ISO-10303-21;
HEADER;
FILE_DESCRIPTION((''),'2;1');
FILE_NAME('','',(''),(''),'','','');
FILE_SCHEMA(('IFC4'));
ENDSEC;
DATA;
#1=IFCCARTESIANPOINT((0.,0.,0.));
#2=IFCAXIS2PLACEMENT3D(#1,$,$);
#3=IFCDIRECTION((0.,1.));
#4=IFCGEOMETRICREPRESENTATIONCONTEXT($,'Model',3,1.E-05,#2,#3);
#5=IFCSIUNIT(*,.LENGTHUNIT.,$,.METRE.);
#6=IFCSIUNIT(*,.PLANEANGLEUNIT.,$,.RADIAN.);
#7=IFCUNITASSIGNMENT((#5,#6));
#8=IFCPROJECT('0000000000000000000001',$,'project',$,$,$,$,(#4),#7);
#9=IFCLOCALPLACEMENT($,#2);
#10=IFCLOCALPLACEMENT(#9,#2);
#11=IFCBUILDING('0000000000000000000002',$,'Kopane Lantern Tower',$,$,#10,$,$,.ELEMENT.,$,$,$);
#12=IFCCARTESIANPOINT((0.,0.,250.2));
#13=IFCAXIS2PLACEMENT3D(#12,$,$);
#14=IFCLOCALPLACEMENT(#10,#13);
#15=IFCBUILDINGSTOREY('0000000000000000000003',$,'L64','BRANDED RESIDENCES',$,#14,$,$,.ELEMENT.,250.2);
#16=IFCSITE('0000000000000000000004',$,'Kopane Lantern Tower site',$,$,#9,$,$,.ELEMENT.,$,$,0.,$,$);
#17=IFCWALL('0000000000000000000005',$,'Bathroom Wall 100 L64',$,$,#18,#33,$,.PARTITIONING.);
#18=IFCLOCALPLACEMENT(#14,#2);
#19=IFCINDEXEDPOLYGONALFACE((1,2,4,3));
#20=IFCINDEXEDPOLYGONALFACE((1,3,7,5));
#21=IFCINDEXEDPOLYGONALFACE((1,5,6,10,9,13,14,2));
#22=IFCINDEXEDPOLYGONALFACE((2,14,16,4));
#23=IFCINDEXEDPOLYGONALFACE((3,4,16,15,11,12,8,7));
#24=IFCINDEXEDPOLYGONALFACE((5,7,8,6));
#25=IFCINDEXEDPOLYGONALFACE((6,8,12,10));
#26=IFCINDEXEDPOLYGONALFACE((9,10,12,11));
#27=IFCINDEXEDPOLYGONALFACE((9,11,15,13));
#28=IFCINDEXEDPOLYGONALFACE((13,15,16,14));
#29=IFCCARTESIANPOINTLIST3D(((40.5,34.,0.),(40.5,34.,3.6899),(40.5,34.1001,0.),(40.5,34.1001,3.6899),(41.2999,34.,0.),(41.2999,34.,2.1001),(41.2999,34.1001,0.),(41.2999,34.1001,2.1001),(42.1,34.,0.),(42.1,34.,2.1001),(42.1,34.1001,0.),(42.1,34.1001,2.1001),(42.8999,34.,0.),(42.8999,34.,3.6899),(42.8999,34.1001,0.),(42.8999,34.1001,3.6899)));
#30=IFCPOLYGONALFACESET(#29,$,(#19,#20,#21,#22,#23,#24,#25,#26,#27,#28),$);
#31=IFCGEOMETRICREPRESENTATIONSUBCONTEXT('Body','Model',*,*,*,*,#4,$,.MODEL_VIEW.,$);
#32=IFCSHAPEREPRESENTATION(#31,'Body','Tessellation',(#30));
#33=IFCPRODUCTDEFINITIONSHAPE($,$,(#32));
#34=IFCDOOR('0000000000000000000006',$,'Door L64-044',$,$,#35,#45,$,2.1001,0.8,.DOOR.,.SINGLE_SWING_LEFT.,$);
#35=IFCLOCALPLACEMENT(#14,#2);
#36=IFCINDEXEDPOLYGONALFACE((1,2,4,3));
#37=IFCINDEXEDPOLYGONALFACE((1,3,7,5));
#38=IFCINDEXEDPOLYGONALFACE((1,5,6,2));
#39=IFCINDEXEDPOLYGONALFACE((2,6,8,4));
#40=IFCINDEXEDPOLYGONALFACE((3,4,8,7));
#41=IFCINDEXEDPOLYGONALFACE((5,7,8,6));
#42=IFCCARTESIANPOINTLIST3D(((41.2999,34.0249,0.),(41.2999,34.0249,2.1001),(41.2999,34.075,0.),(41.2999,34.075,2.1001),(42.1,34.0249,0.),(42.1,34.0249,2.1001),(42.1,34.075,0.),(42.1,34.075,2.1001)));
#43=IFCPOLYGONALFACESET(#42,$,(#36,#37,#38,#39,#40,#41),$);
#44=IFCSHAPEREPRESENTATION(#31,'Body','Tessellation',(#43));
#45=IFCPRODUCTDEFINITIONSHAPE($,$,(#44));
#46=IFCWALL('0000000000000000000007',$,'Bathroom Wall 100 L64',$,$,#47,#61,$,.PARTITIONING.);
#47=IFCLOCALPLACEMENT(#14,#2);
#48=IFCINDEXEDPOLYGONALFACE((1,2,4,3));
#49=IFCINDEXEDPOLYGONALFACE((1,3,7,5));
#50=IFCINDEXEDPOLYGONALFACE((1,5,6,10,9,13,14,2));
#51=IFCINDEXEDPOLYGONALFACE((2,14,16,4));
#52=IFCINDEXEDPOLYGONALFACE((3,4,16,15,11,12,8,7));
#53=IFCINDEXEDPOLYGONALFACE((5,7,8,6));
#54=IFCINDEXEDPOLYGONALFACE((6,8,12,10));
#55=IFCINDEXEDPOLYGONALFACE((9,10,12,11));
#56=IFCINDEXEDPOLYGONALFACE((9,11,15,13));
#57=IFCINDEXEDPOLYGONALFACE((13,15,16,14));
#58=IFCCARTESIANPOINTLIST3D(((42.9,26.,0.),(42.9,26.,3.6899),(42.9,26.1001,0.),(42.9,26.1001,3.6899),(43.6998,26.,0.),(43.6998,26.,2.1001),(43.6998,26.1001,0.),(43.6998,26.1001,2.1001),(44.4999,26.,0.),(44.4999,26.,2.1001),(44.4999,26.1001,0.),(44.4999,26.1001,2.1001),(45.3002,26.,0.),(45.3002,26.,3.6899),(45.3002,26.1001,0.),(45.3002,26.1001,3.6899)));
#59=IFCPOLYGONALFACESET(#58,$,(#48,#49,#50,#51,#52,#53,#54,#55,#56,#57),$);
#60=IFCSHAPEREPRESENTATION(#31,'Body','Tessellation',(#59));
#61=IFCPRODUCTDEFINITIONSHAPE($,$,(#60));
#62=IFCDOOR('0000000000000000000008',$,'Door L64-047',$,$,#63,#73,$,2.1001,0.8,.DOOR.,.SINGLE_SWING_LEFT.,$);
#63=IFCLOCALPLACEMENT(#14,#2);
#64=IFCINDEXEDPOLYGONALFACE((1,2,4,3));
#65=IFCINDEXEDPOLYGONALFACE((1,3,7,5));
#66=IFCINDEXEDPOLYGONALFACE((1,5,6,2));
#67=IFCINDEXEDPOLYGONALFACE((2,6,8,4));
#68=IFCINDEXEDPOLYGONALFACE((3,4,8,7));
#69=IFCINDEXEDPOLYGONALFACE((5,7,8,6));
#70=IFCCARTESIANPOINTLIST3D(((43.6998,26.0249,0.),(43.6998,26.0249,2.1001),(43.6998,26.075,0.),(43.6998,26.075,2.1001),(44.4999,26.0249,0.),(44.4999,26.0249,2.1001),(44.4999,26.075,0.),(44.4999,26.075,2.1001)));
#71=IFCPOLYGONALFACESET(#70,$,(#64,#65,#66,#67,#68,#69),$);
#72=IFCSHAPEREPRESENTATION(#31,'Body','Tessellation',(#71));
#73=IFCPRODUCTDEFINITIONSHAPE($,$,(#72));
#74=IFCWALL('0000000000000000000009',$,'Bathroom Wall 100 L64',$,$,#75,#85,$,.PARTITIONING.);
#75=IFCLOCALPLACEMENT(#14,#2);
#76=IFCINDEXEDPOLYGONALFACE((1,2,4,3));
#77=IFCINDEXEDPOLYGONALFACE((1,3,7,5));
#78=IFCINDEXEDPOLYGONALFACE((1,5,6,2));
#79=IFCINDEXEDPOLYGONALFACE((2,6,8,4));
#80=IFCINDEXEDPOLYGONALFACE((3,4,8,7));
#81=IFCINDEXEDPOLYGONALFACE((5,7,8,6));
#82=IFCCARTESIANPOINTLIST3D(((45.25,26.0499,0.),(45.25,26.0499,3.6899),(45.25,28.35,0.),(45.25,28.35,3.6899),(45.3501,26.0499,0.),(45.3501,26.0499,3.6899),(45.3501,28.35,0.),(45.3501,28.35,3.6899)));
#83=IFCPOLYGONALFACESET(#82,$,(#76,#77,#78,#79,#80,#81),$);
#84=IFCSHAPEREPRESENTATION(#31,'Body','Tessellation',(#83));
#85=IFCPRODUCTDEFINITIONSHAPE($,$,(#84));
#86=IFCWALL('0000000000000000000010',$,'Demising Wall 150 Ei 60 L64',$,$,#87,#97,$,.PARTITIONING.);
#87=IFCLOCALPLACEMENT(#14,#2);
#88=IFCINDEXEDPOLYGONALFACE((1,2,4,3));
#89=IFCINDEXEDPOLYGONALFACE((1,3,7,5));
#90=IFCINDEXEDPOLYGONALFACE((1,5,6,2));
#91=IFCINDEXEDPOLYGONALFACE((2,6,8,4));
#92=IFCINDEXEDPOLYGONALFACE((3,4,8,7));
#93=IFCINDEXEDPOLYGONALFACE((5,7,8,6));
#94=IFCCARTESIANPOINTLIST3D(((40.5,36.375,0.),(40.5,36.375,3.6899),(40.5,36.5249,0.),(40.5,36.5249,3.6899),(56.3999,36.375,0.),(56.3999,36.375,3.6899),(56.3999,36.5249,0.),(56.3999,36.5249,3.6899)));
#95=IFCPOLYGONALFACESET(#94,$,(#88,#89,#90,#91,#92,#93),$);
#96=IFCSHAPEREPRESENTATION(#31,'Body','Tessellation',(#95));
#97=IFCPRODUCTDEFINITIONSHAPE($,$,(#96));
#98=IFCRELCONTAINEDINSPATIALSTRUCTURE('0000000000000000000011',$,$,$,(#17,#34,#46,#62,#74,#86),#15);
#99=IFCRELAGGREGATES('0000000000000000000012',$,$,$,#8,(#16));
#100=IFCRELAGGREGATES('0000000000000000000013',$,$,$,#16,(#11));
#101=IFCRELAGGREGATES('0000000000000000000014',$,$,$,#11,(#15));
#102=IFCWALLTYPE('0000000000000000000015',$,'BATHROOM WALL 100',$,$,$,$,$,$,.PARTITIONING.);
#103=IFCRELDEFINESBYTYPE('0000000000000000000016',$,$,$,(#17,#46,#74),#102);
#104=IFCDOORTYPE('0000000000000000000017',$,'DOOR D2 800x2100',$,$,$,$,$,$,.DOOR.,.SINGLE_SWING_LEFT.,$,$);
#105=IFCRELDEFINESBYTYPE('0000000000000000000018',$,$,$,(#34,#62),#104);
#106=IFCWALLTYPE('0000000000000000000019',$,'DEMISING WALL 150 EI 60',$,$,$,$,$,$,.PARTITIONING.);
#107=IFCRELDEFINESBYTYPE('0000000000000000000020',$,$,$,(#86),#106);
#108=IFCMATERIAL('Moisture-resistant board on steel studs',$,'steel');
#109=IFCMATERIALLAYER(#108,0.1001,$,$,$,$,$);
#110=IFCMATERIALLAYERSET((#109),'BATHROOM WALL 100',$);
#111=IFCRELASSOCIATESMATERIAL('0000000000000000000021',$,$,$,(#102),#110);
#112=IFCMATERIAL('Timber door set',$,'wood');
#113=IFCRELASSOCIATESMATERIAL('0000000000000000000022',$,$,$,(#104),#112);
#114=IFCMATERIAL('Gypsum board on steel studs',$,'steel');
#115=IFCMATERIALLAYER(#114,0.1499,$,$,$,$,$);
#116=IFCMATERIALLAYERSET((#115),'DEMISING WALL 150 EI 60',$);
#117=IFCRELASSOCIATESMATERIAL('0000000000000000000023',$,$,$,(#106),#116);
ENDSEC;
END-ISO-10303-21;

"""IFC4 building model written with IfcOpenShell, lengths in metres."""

from ifc_helpers import new_model, si_unit, direction, frame, frame_2d, origin, place, context, subcontext, project, spatial, rectangle, extrude, material, layer, layer_set, type_object, element, fill, save


model = new_model("IFC4")

# Units and contexts
model_context = context("Model", 3, precision=1e-05, world=origin(), true_north=direction((0.0, 1.0)))
body_context = subcontext(model_context, "Body", "Model", "MODEL_VIEW")
ifc_project = project(units=[si_unit("LENGTHUNIT", "METRE"), si_unit("PLANEANGLEUNIT", "RADIAN")], contexts=[model_context])

# Site, building, storey
site_placement = place(None, origin())
site = spatial("IfcSite", under=ifc_project, at=site_placement, Name="Kopane Lantern Tower site", CompositionType="ELEMENT", RefElevation=0.0)
building_placement = place(site_placement, origin())
building = spatial("IfcBuilding", under=site, at=building_placement, Name="Kopane Lantern Tower", CompositionType="ELEMENT")
storey_placement = place(building_placement, frame((0.0, 0.0, 250.2)))
storey = spatial("IfcBuildingStorey", under=building, at=storey_placement, Name="L64", Description="BRANDED RESIDENCES", CompositionType="ELEMENT", Elevation=250.2)

# Walls, openings, doors
ifc_material_1 = material(Name="Moisture-resistant board on steel studs", Category="steel")
ifc_layer_1 = layer(ifc_material_1, 0.1001)
ifc_layer_set_1 = layer_set([ifc_layer_1], Name="BATHROOM WALL 100")
wall_type_1 = type_object("IfcWallType", Name="BATHROOM WALL 100", PredefinedType="PARTITIONING", material=ifc_layer_set_1)
wall_1_placement = place(storey_placement, frame((40.5, 34.05, 0.0), z_axis=(0.0, 0.0, 1.0), x_axis=(1.0, 0.0, 0.0)))
wall_1 = element("IfcWall", 1, at=wall_1_placement, inside=storey, type_object=wall_type_1, Name="Bathroom Wall 100 L64", PredefinedType="PARTITIONING", context=body_context, shape_type="SweptSolid", body=[
    extrude(rectangle(XDim=2.3999, YDim=0.1001, at=frame_2d((1.2, 0.0))), origin(), (0.0, 0.0, 1.0), 3.6899),
])
opening_1_placement = place(wall_1_placement, frame((0.8, 0.0, 0.0)))
opening_1 = element("IfcOpeningElement", 2, at=opening_1_placement, cuts=wall_1, PredefinedType="OPENING", context=body_context, shape_type="SweptSolid", body=[
    extrude(rectangle(XDim=0.8, YDim=2.1001, at=frame_2d((0.3999, 1.05))), frame((0.0, 0.0601, 0.0), z_axis=(0.0, -1.0, 0.0), x_axis=(1.0, 0.0, 0.0)), (0.0, 0.0, 1.0), 0.1201),
])
ifc_material_2 = material(Name="Timber door set", Category="wood")
door_type = type_object("IfcDoorType", Name="DOOR D2 800x2100", OperationType="SINGLE_SWING_LEFT", PredefinedType="DOOR", material=ifc_material_2)
door_1_placement = place(opening_1_placement, origin())
door_1 = element("IfcDoor", 3, at=door_1_placement, inside=storey, type_object=door_type, Name="Door L64-044", OperationType="SINGLE_SWING_LEFT", OverallHeight=2.1001, OverallWidth=0.8, PredefinedType="DOOR", context=body_context, shape_type="SweptSolid", body=[
    extrude(rectangle(XDim=0.8, YDim=2.1001, at=frame_2d((0.3999, 1.05))), frame((0.0, 0.0249, 0.0), z_axis=(0.0, -1.0, 0.0), x_axis=(1.0, 0.0, 0.0)), (0.0, 0.0, 1.0), 0.05),
])
fill(opening_1, door_1)
wall_2_placement = place(storey_placement, frame((42.8999, 26.05, 0.0), z_axis=(0.0, 0.0, 1.0), x_axis=(1.0, 0.0, 0.0)))
wall_2 = element("IfcWall", 4, at=wall_2_placement, inside=storey, type_object=wall_type_1, Name="Bathroom Wall 100 L64", PredefinedType="PARTITIONING", context=body_context, shape_type="SweptSolid", body=[
    extrude(rectangle(XDim=2.4001, YDim=0.1001, at=frame_2d((1.2002, 0.0))), origin(), (0.0, 0.0, 1.0), 3.6899),
])
opening_2_placement = place(wall_2_placement, frame((0.8, 0.0, 0.0)))
opening_2 = element("IfcOpeningElement", 5, at=opening_2_placement, cuts=wall_2, PredefinedType="OPENING", context=body_context, shape_type="SweptSolid", body=[
    extrude(rectangle(XDim=0.8, YDim=2.1001, at=frame_2d((0.3999, 1.05))), frame((0.0, 0.0601, 0.0), z_axis=(0.0, -1.0, 0.0), x_axis=(1.0, 0.0, 0.0)), (0.0, 0.0, 1.0), 0.1201),
])
door_2_placement = place(opening_2_placement, origin())
door_2 = element("IfcDoor", 6, at=door_2_placement, inside=storey, type_object=door_type, Name="Door L64-047", OperationType="SINGLE_SWING_LEFT", OverallHeight=2.1001, OverallWidth=0.8, PredefinedType="DOOR", context=body_context, shape_type="SweptSolid", body=[
    extrude(rectangle(XDim=0.8, YDim=2.1001, at=frame_2d((0.3999, 1.05))), frame((0.0, 0.0249, 0.0), z_axis=(0.0, -1.0, 0.0), x_axis=(1.0, 0.0, 0.0)), (0.0, 0.0, 1.0), 0.05),
])
fill(opening_2, door_2)

# Walls
wall_3_placement = place(storey_placement, frame((45.3, 26.05, 0.0), z_axis=(0.0, 0.0, 1.0), x_axis=(0.0, 1.0, 0.0)))
element("IfcWall", 7, at=wall_3_placement, inside=storey, type_object=wall_type_1, Name="Bathroom Wall 100 L64", PredefinedType="PARTITIONING", context=body_context, shape_type="SweptSolid", body=[
    extrude(rectangle(XDim=2.3, YDim=0.1001, at=frame_2d((1.1499, 0.0))), origin(), (0.0, 0.0, 1.0), 3.6899),
])
ifc_material_3 = material(Name="Gypsum board on steel studs", Category="steel")
ifc_layer_2 = layer(ifc_material_3, 0.1499)
ifc_layer_set_2 = layer_set([ifc_layer_2], Name="DEMISING WALL 150 EI 60")
wall_type_2 = type_object("IfcWallType", Name="DEMISING WALL 150 EI 60", PredefinedType="PARTITIONING", material=ifc_layer_set_2)
wall_4_placement = place(storey_placement, frame((40.5, 36.45, 0.0), z_axis=(0.0, 0.0, 1.0), x_axis=(1.0, 0.0, 0.0)))
element("IfcWall", 8, at=wall_4_placement, inside=storey, type_object=wall_type_2, Name="Demising Wall 150 Ei 60 L64", PredefinedType="PARTITIONING", context=body_context, shape_type="SweptSolid", body=[
    extrude(rectangle(XDim=15.8999, YDim=0.1499, at=frame_2d((7.95, 0.0))), origin(), (0.0, 0.0, 1.0), 3.6899),
])

save(model, "model.ifc")
